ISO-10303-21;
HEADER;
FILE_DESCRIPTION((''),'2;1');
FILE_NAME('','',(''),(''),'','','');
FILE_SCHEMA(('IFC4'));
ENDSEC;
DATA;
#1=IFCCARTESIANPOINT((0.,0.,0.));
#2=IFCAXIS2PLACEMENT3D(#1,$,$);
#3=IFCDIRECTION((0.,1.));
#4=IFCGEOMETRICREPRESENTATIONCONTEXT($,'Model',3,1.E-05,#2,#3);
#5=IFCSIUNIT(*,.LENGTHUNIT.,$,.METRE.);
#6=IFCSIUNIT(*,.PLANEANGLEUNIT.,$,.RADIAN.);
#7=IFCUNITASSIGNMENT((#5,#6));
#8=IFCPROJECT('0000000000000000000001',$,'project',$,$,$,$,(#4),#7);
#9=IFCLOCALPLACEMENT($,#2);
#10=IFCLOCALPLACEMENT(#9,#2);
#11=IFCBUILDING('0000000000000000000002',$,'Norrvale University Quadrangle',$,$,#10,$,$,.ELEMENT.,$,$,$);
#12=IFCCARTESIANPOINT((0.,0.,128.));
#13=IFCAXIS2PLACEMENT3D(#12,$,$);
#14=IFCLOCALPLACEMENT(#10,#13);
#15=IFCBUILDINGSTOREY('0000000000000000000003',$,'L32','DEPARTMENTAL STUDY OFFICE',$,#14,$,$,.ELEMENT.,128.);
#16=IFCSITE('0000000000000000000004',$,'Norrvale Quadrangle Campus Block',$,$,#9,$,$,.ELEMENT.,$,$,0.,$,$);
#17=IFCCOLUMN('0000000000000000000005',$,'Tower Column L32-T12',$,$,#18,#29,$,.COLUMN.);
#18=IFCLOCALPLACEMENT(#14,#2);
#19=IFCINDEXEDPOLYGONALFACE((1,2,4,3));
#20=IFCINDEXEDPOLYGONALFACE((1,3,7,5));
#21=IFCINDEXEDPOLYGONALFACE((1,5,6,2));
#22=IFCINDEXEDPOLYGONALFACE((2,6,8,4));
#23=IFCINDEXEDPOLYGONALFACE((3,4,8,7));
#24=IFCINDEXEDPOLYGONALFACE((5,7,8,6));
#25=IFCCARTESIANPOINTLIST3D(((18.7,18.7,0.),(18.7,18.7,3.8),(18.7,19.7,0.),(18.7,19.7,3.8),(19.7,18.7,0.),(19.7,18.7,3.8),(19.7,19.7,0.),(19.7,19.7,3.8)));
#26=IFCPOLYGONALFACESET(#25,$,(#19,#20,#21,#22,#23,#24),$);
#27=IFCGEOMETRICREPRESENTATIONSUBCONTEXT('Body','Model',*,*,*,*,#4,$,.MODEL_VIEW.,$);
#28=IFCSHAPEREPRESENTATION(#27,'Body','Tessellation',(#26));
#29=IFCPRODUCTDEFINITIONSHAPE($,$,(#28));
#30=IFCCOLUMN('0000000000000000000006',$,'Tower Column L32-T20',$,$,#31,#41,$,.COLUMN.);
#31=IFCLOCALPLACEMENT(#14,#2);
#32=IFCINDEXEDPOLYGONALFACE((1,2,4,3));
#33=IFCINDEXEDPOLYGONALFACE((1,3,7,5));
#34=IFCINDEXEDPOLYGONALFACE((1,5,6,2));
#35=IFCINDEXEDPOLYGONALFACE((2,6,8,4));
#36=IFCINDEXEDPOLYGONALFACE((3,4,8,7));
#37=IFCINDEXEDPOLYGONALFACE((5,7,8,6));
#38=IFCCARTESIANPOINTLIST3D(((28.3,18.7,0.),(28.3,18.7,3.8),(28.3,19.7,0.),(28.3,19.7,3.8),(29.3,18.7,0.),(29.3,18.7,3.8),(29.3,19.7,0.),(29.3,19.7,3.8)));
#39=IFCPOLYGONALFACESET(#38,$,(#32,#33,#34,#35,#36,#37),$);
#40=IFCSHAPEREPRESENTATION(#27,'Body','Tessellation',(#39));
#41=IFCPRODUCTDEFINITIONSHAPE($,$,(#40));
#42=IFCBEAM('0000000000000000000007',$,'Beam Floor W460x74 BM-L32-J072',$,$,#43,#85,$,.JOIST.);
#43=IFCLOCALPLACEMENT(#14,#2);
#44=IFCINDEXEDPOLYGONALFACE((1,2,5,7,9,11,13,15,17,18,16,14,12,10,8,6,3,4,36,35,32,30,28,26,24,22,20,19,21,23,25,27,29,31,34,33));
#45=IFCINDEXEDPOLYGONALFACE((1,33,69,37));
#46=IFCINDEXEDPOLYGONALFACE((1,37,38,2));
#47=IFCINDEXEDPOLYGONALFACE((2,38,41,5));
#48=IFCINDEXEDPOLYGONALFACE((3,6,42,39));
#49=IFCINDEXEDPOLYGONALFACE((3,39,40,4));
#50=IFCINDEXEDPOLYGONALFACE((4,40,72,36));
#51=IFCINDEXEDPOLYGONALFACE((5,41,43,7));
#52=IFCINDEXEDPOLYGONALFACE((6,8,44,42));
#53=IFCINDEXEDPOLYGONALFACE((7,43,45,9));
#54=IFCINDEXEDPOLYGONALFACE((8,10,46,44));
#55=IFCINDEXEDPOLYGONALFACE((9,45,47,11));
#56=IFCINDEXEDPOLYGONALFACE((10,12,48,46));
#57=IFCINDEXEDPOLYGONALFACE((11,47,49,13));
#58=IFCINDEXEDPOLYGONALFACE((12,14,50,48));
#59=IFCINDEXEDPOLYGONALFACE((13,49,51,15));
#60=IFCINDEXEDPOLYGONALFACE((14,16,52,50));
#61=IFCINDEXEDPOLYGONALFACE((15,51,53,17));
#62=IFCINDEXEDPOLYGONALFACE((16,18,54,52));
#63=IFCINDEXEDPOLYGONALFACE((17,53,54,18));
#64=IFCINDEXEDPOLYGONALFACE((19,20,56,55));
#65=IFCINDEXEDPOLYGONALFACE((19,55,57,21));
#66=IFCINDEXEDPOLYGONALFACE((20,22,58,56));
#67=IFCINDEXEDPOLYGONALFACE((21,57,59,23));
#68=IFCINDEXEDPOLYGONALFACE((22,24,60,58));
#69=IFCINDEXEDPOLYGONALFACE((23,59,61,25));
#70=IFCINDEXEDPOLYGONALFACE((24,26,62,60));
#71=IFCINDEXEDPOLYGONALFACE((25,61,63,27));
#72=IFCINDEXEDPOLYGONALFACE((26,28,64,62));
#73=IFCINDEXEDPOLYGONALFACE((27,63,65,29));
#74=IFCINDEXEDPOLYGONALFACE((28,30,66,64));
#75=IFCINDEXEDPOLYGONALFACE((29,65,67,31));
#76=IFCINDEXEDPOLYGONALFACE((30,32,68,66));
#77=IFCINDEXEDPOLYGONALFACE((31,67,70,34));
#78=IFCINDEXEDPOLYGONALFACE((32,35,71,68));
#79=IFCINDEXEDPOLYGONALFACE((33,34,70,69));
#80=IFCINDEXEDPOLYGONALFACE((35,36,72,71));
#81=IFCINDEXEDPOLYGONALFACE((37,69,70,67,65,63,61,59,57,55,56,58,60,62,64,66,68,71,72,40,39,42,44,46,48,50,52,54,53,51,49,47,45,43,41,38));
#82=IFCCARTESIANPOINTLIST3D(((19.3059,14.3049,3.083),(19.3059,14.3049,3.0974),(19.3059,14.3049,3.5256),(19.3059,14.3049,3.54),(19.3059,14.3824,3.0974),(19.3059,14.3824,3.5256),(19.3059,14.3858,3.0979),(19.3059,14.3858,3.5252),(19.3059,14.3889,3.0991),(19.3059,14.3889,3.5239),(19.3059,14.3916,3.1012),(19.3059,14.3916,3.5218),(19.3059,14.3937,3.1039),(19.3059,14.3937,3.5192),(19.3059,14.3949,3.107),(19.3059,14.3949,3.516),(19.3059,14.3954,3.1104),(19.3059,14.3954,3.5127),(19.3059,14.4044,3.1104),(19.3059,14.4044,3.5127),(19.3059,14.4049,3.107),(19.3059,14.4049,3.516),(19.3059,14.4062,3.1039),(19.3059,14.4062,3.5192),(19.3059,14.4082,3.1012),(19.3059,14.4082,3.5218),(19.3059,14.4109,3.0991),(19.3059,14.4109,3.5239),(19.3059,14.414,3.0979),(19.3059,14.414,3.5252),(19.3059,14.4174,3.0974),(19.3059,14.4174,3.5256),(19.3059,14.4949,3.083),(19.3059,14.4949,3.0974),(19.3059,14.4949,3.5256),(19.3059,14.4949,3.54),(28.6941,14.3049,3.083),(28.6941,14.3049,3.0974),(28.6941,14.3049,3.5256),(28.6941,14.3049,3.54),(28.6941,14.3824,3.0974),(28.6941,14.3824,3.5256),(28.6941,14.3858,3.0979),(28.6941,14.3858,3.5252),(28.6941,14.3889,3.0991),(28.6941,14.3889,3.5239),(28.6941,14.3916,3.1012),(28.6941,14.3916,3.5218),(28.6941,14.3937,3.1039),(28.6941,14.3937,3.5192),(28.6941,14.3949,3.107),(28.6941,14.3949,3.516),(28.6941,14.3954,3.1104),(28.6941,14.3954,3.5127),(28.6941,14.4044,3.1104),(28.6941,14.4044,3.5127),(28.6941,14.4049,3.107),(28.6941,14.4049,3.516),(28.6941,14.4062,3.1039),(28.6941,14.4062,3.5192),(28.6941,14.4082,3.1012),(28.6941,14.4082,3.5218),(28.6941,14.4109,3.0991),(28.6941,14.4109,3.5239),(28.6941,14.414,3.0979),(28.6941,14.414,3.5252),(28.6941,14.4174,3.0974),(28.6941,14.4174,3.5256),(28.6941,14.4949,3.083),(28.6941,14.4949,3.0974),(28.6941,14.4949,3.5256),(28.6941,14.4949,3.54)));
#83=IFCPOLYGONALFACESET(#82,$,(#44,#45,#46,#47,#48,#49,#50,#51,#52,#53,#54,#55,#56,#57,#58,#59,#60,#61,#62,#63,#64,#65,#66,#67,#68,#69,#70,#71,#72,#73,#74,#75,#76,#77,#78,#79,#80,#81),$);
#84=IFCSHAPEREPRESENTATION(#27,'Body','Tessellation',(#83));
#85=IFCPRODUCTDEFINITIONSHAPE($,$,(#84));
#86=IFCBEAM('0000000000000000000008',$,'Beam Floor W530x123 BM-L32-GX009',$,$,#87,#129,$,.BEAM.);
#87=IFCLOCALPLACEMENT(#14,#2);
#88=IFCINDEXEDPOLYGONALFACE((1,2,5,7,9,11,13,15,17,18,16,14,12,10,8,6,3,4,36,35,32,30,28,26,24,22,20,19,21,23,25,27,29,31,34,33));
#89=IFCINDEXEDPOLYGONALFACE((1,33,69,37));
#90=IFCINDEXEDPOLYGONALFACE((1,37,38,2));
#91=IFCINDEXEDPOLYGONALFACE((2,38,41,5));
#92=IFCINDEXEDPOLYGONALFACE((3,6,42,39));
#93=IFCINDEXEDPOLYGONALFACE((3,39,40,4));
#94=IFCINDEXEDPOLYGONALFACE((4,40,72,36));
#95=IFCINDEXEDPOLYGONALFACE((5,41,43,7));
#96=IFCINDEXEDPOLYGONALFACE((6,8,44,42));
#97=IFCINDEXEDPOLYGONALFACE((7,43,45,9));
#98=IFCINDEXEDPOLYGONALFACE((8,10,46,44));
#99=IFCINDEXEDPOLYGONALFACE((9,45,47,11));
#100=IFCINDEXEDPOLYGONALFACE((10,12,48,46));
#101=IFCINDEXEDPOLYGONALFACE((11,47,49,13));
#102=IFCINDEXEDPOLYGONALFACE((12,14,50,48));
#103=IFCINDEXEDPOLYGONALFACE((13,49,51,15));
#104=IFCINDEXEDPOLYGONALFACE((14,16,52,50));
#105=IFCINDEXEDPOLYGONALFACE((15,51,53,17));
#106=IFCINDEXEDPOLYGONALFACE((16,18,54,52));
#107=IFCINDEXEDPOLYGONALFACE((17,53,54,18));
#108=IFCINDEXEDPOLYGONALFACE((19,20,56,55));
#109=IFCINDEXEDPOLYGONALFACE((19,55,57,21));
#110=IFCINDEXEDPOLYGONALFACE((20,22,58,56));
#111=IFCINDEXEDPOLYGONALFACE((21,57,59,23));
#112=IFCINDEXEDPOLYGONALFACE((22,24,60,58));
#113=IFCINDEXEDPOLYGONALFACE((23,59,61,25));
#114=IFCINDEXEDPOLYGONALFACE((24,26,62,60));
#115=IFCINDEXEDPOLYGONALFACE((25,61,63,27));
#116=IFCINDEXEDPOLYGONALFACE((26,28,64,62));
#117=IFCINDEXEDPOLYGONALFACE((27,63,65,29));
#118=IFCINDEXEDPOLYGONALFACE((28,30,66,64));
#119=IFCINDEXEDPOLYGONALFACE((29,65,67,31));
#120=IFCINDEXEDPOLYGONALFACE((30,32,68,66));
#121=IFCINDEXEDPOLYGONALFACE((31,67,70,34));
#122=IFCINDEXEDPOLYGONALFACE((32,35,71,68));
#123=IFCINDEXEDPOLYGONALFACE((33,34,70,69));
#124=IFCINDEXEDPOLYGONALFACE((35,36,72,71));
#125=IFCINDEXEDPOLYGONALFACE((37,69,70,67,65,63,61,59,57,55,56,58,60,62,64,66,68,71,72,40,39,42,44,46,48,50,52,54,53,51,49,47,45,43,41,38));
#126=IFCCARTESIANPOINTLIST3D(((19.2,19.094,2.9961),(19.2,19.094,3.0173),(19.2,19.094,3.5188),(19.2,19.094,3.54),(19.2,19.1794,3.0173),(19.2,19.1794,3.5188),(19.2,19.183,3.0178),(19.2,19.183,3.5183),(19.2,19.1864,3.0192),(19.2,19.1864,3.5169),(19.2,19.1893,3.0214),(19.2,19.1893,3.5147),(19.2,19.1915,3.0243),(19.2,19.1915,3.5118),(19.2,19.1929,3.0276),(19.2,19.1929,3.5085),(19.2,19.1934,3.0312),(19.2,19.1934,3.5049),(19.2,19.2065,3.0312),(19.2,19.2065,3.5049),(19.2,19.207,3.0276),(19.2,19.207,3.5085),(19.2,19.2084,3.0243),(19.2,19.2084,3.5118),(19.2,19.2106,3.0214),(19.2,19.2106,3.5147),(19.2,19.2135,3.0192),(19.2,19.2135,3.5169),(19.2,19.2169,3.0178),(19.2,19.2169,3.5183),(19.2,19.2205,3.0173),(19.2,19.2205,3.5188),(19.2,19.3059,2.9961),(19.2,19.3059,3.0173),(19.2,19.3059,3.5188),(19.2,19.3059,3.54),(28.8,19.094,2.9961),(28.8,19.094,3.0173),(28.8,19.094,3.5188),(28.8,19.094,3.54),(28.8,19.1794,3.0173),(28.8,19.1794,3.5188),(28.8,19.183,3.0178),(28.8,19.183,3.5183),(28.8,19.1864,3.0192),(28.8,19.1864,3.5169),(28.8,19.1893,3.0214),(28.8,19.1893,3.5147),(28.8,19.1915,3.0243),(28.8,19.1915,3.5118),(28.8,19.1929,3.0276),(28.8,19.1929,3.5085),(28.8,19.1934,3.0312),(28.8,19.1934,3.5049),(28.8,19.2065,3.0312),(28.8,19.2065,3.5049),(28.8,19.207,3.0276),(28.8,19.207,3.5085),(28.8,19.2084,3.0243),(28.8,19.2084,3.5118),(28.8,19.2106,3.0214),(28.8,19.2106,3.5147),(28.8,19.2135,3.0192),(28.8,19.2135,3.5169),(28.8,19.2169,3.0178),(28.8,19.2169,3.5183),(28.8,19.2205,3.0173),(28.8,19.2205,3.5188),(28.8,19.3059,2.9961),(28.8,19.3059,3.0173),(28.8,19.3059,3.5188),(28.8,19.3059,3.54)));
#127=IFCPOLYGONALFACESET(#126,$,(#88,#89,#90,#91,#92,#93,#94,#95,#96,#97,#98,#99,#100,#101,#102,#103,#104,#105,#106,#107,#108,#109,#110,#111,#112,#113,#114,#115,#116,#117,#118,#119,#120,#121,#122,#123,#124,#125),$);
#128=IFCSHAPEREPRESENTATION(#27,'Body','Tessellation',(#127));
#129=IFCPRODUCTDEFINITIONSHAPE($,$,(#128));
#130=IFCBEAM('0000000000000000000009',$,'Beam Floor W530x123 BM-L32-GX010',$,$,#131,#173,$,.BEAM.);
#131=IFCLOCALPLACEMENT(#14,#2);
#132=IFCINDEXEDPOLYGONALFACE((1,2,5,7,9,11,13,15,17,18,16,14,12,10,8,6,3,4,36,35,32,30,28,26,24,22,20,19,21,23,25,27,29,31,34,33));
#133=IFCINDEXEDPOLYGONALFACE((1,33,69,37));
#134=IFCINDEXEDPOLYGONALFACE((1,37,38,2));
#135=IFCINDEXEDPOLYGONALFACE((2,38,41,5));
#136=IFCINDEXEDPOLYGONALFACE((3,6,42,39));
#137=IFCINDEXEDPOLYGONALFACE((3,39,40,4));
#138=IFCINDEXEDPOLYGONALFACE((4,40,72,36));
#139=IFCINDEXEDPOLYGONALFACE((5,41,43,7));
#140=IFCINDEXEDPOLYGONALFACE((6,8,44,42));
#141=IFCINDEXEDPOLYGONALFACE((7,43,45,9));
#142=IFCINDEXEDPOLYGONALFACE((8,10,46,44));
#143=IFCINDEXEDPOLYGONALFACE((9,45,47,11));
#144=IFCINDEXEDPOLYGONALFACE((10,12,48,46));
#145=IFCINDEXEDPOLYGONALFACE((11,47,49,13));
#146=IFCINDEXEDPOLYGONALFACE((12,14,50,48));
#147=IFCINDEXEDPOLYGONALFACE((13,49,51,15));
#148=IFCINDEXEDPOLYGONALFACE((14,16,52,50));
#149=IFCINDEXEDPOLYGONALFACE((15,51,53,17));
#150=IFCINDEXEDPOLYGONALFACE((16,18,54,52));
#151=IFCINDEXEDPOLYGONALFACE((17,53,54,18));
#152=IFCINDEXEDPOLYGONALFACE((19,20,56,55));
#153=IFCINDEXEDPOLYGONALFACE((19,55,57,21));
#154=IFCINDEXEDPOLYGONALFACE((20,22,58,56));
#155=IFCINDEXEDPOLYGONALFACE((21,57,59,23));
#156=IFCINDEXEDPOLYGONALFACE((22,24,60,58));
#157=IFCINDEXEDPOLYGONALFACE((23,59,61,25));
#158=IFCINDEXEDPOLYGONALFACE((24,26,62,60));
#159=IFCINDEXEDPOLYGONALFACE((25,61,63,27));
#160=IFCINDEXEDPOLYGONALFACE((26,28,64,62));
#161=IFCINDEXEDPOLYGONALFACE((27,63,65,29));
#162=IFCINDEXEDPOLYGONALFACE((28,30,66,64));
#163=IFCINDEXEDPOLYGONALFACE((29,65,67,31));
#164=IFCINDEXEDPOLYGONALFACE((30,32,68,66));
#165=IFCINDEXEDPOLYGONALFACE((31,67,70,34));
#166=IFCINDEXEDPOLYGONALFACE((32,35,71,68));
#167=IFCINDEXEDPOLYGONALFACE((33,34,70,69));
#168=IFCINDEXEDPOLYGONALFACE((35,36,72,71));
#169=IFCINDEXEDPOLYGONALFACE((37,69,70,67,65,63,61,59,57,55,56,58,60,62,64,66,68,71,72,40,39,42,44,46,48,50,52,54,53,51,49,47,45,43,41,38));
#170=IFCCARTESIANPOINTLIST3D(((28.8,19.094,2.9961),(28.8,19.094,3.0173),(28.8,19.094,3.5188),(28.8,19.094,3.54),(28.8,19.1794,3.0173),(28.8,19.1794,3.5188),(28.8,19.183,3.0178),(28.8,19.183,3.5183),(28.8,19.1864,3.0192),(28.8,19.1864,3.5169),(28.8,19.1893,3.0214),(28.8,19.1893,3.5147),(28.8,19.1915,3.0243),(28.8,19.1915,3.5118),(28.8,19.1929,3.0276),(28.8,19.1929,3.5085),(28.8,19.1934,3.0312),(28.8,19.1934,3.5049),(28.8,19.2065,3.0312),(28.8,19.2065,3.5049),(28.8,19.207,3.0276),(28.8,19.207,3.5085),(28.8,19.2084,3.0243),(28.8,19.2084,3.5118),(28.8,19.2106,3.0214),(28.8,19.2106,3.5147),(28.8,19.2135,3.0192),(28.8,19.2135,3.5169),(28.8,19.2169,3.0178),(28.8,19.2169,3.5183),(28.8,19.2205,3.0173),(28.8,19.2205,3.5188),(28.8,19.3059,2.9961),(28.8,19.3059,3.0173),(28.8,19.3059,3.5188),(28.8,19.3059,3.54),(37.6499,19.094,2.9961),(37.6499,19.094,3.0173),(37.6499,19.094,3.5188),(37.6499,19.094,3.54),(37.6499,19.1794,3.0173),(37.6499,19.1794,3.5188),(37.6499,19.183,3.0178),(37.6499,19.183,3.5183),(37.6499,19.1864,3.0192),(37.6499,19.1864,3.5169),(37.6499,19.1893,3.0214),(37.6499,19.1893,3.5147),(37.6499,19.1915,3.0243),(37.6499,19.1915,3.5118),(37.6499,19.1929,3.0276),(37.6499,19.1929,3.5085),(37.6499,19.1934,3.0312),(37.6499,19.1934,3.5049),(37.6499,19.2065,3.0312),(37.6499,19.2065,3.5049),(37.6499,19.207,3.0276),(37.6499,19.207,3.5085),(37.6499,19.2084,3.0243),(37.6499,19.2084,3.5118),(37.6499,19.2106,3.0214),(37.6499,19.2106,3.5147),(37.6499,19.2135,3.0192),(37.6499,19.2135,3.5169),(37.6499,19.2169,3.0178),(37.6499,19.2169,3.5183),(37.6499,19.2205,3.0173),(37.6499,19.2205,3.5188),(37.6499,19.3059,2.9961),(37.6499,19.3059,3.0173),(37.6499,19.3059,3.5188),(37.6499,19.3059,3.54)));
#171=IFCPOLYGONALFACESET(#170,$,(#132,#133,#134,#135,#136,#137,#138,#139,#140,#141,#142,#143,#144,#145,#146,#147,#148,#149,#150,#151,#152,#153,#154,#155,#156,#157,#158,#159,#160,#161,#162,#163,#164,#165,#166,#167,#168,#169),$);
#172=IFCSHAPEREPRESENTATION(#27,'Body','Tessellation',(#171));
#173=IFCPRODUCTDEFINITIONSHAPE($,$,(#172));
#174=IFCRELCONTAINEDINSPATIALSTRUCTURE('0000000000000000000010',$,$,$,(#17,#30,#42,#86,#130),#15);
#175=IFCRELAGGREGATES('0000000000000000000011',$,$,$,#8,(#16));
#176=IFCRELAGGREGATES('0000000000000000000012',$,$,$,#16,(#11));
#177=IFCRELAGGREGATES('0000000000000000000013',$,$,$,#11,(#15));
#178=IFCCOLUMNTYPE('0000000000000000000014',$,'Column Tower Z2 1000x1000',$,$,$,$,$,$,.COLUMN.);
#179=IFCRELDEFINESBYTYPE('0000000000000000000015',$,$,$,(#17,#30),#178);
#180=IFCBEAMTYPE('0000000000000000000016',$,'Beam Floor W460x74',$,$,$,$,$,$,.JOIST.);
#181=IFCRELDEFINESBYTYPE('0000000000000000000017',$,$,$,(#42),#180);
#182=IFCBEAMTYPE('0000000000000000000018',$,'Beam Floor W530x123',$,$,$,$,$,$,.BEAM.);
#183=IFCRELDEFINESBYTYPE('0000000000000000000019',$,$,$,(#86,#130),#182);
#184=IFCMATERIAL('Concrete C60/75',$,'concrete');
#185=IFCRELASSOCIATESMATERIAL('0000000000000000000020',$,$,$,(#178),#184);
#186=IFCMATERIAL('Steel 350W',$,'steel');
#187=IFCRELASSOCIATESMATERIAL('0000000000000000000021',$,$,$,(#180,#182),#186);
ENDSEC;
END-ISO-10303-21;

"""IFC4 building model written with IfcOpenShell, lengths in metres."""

from ifc_helpers import new_model, si_unit, direction, frame, origin, origin_2d, place, context, subcontext, project, spatial, rectangle, i_section, extrude, material, material_profile, profile_set, type_object, element, save


model = new_model("IFC4")

# Units and contexts
model_context = context("Model", 3, precision=1e-05, world=origin(), true_north=direction((0.0, 1.0)))
body_context = subcontext(model_context, "Body", "Model", "MODEL_VIEW")
ifc_project = project(units=[si_unit("LENGTHUNIT", "METRE"), si_unit("PLANEANGLEUNIT", "RADIAN")], contexts=[model_context])

# Site, building, storey
site_placement = place(None, origin())
site = spatial("IfcSite", under=ifc_project, at=site_placement, Name="Norrvale Quadrangle Campus Block", CompositionType="ELEMENT", RefElevation=0.0)
building_placement = place(site_placement, origin())
building = spatial("IfcBuilding", under=site, at=building_placement, Name="Norrvale University Quadrangle", CompositionType="ELEMENT")
storey_placement = place(building_placement, frame((0.0, 0.0, 128.0)))
storey = spatial("IfcBuildingStorey", under=building, at=storey_placement, Name="L32", Description="DEPARTMENTAL STUDY OFFICE", CompositionType="ELEMENT", Elevation=128.0)

# Columns
ifc_material_1 = material(Name="Concrete C60/75", Category="concrete")
ifc_material_profile_1 = material_profile(ifc_material_1, rectangle(XDim=1.0, YDim=1.0, at=origin_2d()), Name="Concrete C60/75")
ifc_profile_set_1 = profile_set([ifc_material_profile_1], Name="Concrete C60/75")
column_type = type_object("IfcColumnType", Name="Column Tower Z2 1000x1000", PredefinedType="COLUMN", material=ifc_profile_set_1)
for number, where, z_axis, x_axis, name in (
    (1, (19.2, 19.2, 0.0), (0.0, 0.0, 1.0), (1.0, 0.0, 0.0), "Tower Column L32-T12"),
    (2, (28.8, 19.2, 0.0), (0.0, 0.0, 1.0), (1.0, 0.0, 0.0), "Tower Column L32-T20"),
):
    element("IfcColumn", number, at=place(storey_placement, frame(where, z_axis=z_axis, x_axis=x_axis)), inside=storey, type_object=column_type, Name=name, PredefinedType="COLUMN", context=body_context, shape_type="SweptSolid", body=[
        extrude(rectangle(XDim=1.0, YDim=1.0, at=origin_2d()), origin(), (0.0, 0.0, 1.0), 3.8),
    ])

# Beams
ifc_material_2 = material(Name="Steel 350W", Category="steel")
ifc_material_profile_2 = material_profile(ifc_material_2, i_section(OverallWidth=0.1899, OverallDepth=0.457, WebThickness=0.009, FlangeThickness=0.0144, FilletRadius=0.0129, at=origin_2d()), Name="Steel 350W")
ifc_profile_set_2 = profile_set([ifc_material_profile_2], Name="Steel 350W")
beam_type_1 = type_object("IfcBeamType", Name="Beam Floor W460x74", PredefinedType="JOIST", material=ifc_profile_set_2)
beam_1_placement = place(storey_placement, frame((19.3059, 14.3999, 3.3115), z_axis=(1.0, 0.0, 0.0), x_axis=(0.0, 1.0, 0.0)))
element("IfcBeam", 3, at=beam_1_placement, inside=storey, type_object=beam_type_1, Name="Beam Floor W460x74 BM-L32-J072", PredefinedType="JOIST", context=body_context, shape_type="SweptSolid", body=[
    extrude(i_section(OverallWidth=0.1899, OverallDepth=0.457, WebThickness=0.009, FlangeThickness=0.0144, FilletRadius=0.0129, at=origin_2d()), origin(), (0.0, 0.0, 1.0), 9.3882),
])
ifc_material_profile_3 = material_profile(ifc_material_2, i_section(OverallWidth=0.2119, OverallDepth=0.5439, WebThickness=0.0132, FlangeThickness=0.0212, FilletRadius=0.0139, at=origin_2d()), Name="Steel 350W")
ifc_profile_set_3 = profile_set([ifc_material_profile_3], Name="Steel 350W")
beam_type_2 = type_object("IfcBeamType", Name="Beam Floor W530x123", PredefinedType="BEAM", material=ifc_profile_set_3)
beam_2_placement = place(storey_placement, frame((19.2, 19.2, 3.2681), z_axis=(1.0, 0.0, 0.0), x_axis=(0.0, 1.0, 0.0)))
element("IfcBeam", 4, at=beam_2_placement, inside=storey, type_object=beam_type_2, Name="Beam Floor W530x123 BM-L32-GX009", PredefinedType="BEAM", context=body_context, shape_type="SweptSolid", body=[
    extrude(i_section(OverallWidth=0.2119, OverallDepth=0.5439, WebThickness=0.0132, FlangeThickness=0.0212, FilletRadius=0.0139, at=origin_2d()), origin(), (0.0, 0.0, 1.0), 9.6001),
])
beam_3_placement = place(storey_placement, frame((28.8, 19.2, 3.2681), z_axis=(1.0, 0.0, 0.0), x_axis=(0.0, 1.0, 0.0)))
element("IfcBeam", 5, at=beam_3_placement, inside=storey, type_object=beam_type_2, Name="Beam Floor W530x123 BM-L32-GX010", PredefinedType="BEAM", context=body_context, shape_type="SweptSolid", body=[
    extrude(i_section(OverallWidth=0.2119, OverallDepth=0.5439, WebThickness=0.0132, FlangeThickness=0.0212, FilletRadius=0.0139, at=origin_2d()), origin(), (0.0, 0.0, 1.0), 8.8499),
])

save(model, "model.ifc")
